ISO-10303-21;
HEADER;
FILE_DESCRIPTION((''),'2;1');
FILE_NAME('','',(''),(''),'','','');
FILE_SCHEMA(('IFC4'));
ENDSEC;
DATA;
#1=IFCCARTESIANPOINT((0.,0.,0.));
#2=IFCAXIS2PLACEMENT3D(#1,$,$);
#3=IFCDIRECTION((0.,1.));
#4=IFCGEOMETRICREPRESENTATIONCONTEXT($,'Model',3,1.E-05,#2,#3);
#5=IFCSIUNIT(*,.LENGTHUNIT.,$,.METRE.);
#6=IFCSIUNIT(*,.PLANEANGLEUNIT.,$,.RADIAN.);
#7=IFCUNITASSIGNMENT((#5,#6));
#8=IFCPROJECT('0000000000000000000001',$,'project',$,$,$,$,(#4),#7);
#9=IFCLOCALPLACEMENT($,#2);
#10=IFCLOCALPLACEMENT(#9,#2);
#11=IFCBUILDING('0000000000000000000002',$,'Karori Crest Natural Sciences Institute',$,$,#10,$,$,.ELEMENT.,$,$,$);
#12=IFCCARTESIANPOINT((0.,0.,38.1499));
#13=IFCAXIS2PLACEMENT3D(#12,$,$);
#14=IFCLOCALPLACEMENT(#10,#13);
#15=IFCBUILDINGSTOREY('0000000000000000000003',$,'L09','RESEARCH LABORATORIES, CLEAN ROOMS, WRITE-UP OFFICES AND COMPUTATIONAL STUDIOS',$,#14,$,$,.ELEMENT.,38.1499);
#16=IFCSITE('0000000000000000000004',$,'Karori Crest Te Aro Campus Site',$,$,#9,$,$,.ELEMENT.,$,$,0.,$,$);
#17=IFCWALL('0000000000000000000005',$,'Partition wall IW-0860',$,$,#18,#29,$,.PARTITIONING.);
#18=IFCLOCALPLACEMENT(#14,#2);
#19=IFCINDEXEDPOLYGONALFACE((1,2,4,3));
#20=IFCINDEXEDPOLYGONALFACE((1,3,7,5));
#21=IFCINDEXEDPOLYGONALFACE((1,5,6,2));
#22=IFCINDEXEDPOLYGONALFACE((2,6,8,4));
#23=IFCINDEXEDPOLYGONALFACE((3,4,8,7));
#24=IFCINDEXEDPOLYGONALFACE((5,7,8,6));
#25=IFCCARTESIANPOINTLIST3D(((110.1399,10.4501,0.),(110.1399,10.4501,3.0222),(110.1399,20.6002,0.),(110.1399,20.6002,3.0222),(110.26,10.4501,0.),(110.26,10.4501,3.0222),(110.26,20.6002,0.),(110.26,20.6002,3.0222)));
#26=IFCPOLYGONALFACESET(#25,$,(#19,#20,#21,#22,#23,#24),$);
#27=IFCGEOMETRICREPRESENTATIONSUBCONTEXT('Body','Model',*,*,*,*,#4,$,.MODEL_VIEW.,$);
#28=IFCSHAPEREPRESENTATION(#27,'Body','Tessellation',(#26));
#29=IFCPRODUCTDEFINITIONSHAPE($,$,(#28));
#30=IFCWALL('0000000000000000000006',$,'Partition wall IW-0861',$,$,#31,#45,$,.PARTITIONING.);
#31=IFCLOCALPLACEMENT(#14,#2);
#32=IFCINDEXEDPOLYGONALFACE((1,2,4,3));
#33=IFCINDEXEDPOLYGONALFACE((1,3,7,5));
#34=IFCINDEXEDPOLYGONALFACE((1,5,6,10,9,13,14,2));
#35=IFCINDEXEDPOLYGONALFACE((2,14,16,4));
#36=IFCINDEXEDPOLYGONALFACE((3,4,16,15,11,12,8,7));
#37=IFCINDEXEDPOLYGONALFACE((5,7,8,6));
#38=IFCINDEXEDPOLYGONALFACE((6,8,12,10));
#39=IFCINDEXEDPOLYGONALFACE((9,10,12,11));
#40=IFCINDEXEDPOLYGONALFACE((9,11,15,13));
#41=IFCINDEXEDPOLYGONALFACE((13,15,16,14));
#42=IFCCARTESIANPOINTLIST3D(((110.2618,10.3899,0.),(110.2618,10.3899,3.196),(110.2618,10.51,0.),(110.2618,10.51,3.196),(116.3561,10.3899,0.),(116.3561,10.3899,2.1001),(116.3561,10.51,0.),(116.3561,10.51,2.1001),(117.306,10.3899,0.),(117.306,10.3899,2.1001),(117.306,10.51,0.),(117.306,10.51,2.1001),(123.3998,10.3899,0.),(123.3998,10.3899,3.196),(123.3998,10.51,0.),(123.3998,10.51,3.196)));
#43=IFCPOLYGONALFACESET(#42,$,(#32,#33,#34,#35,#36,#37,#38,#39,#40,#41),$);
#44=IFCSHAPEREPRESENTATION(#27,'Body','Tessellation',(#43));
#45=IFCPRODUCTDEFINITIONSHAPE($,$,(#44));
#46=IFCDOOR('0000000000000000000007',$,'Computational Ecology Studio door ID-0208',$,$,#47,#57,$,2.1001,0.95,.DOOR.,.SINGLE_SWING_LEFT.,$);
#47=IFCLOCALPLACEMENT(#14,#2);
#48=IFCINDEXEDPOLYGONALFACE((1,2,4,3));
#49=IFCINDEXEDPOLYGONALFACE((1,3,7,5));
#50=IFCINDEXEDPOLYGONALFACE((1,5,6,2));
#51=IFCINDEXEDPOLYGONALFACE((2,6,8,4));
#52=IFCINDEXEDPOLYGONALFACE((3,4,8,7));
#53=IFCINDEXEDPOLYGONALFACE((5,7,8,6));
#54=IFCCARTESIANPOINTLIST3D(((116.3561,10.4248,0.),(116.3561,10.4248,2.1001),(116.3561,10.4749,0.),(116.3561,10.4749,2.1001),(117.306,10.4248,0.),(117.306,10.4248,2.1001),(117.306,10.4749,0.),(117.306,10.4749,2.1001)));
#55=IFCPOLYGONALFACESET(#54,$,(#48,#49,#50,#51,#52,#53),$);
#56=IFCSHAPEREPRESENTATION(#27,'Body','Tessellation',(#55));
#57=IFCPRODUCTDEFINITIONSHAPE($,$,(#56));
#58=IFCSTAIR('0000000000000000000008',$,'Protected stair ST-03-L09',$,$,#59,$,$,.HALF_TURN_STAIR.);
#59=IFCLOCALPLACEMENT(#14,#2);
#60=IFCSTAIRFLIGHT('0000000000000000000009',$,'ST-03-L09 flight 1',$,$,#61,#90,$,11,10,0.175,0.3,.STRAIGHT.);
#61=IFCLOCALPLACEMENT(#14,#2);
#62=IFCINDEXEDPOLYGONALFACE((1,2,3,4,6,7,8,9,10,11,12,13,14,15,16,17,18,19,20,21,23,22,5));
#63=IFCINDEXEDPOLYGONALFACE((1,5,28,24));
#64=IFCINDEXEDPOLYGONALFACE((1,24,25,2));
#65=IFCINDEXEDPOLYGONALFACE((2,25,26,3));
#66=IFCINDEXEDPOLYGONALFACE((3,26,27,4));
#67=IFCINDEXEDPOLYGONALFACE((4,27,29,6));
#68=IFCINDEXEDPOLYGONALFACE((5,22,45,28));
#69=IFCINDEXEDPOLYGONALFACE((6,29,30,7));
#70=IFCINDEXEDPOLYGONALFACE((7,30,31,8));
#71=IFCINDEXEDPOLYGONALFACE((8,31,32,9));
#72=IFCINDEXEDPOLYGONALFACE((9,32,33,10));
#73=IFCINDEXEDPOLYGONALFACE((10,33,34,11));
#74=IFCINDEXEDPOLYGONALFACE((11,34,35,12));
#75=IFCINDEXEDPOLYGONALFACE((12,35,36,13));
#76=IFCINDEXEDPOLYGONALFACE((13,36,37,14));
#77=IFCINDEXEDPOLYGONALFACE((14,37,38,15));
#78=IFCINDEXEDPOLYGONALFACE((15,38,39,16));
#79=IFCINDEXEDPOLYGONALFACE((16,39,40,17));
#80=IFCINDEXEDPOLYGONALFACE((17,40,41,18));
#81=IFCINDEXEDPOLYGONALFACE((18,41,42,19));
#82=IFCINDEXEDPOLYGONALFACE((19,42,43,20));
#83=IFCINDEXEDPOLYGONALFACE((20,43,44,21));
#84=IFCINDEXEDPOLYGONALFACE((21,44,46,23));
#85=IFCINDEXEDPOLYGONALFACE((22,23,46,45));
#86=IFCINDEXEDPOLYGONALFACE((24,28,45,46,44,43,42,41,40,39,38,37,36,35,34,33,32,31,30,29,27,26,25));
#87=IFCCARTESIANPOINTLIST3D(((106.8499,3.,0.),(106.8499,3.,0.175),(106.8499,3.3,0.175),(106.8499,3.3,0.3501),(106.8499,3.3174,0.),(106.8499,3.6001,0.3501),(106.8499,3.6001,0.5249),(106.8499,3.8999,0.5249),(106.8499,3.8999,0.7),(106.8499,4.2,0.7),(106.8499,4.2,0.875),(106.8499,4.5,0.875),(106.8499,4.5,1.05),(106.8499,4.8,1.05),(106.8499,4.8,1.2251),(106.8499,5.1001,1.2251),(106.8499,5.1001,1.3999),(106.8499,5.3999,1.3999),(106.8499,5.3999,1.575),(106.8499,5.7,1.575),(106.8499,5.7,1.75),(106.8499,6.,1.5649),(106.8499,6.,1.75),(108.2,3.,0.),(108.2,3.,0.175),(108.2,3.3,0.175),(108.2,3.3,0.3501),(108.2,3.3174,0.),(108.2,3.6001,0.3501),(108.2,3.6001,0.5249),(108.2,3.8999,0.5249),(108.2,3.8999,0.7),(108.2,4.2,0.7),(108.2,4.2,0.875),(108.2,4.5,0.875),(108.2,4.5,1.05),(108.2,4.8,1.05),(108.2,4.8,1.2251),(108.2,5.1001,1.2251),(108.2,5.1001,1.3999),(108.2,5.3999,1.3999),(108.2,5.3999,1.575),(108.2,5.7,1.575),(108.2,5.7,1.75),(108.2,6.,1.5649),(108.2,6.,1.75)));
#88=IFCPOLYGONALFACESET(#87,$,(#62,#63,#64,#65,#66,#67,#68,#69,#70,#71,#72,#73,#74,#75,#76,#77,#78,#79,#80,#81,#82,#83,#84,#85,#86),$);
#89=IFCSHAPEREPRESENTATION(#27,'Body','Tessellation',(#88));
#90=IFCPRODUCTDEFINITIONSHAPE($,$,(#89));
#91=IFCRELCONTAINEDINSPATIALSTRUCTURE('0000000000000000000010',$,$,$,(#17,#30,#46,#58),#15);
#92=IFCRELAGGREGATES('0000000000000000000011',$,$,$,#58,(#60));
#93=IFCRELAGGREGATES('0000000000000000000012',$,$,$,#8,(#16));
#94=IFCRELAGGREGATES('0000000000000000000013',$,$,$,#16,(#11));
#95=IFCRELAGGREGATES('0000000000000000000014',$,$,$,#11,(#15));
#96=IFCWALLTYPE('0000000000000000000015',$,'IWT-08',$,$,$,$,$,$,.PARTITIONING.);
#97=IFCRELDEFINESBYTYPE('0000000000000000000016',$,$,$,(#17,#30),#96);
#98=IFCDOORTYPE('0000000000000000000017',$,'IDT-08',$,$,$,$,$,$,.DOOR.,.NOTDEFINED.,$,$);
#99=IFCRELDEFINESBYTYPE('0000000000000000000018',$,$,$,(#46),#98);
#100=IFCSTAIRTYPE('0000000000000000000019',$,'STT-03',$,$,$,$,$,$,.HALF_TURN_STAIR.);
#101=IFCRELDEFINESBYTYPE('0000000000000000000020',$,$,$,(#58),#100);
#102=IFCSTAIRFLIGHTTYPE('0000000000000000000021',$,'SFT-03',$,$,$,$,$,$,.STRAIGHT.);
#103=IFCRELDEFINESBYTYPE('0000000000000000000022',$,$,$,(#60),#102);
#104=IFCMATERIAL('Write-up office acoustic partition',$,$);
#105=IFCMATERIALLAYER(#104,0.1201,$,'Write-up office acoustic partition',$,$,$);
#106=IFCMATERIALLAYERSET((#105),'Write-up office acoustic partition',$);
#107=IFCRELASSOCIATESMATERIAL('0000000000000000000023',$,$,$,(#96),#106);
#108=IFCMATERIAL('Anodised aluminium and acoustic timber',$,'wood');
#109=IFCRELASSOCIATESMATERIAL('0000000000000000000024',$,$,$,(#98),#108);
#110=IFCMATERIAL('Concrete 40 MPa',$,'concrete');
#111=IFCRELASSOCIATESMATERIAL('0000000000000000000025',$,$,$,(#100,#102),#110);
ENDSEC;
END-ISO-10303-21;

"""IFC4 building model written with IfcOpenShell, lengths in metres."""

from ifc_helpers import new_model, si_unit, direction, frame, frame_2d, origin, place, context, subcontext, project, spatial, polyline, rectangle, outline, extrude, material, layer, layer_set, type_object, element, fill, aggregate, save


model = new_model("IFC4")

# Units and contexts
model_context = context("Model", 3, precision=1e-05, world=origin(), true_north=direction((0.0, 1.0)))
body_context = subcontext(model_context, "Body", "Model", "MODEL_VIEW")
ifc_project = project(units=[si_unit("LENGTHUNIT", "METRE"), si_unit("PLANEANGLEUNIT", "RADIAN")], contexts=[model_context])

# Site, building, storey
site_placement = place(None, origin())
site = spatial("IfcSite", under=ifc_project, at=site_placement, Name="Karori Crest Te Aro Campus Site", CompositionType="ELEMENT", RefElevation=0.0)
building_placement = place(site_placement, origin())
building = spatial("IfcBuilding", under=site, at=building_placement, Name="Karori Crest Natural Sciences Institute", CompositionType="ELEMENT")
storey_placement = place(building_placement, frame((0.0, 0.0, 38.1499)))
storey = spatial("IfcBuildingStorey", under=building, at=storey_placement, Name="L09", Description="RESEARCH LABORATORIES, CLEAN ROOMS, WRITE-UP OFFICES AND COMPUTATIONAL STUDIOS", CompositionType="ELEMENT", Elevation=38.1499)

# Shared definitions
ifc_material_1 = material(Name="Concrete 40 MPa", Category="concrete")

# Wall
ifc_material_2 = material(Name="Write-up office acoustic partition")
ifc_layer_1 = layer(ifc_material_2, 0.1201, Name="Write-up office acoustic partition")
ifc_layer_set_1 = layer_set([ifc_layer_1], Name="Write-up office acoustic partition")
wall_type_1 = type_object("IfcWallType", Name="IWT-08", PredefinedType="PARTITIONING", material=ifc_layer_set_1)
wall_1_placement = place(storey_placement, frame((110.2, 10.45, 0.0), z_axis=(0.0, 0.0, 1.0), x_axis=(0.0, 1.0, 0.0)))
element("IfcWall", 1, at=wall_1_placement, inside=storey, type_object=wall_type_1, Name="Partition wall IW-0860", PredefinedType="PARTITIONING", context=body_context, shape_type="SweptSolid", body=[
    extrude(rectangle(XDim=10.1501, YDim=0.1201, at=frame_2d((5.0752, 0.0))), origin(), (0.0, 0.0, 1.0), 3.0222),
])

# Wall, opening, door
wall_2_placement = place(storey_placement, frame((110.262, 10.45, 0.0), z_axis=(0.0, 0.0, 1.0), x_axis=(1.0, 0.0, 0.0)))
wall_2 = element("IfcWall", 2, at=wall_2_placement, inside=storey, type_object=wall_type_1, Name="Partition wall IW-0861", PredefinedType="PARTITIONING", context=body_context, shape_type="SweptSolid", body=[
    extrude(rectangle(XDim=13.1379, YDim=0.1201, at=frame_2d((6.5688, 0.0))), origin(), (0.0, 0.0, 1.0), 3.196),
])
opening_1_placement = place(wall_2_placement, frame((6.094, 0.0, 0.0)))
opening_1 = element("IfcOpeningElement", 3, at=opening_1_placement, cuts=wall_2, PredefinedType="OPENING", context=body_context, shape_type="SweptSolid", body=[
    extrude(rectangle(XDim=0.95, YDim=2.1001, at=frame_2d((0.4751, 1.05))), frame((0.0, 0.0701, 0.0), z_axis=(0.0, -1.0, 0.0), x_axis=(1.0, 0.0, 0.0)), (0.0, 0.0, 1.0), 0.1401),
])
ifc_material_3 = material(Name="Anodised aluminium and acoustic timber", Category="wood")
door_type_1 = type_object("IfcDoorType", Name="IDT-08", OperationType="NOTDEFINED", PredefinedType="DOOR", material=ifc_material_3)
door_1_placement = place(opening_1_placement, origin())
door_1 = element("IfcDoor", 4, at=door_1_placement, inside=storey, type_object=door_type_1, Name="Computational Ecology Studio door ID-0208", OperationType="SINGLE_SWING_LEFT", OverallHeight=2.1001, OverallWidth=0.95, PredefinedType="DOOR", context=body_context, shape_type="SweptSolid", body=[
    extrude(rectangle(XDim=0.95, YDim=2.1001, at=frame_2d((0.4751, 1.05))), frame((0.0, 0.0249, 0.0), z_axis=(0.0, -1.0, 0.0), x_axis=(1.0, 0.0, 0.0)), (0.0, 0.0, 1.0), 0.05),
])
fill(opening_1, door_1)

# Stair, stair flight
stair_type = type_object("IfcStairType", Name="STT-03", PredefinedType="HALF_TURN_STAIR", material=ifc_material_1)
stair_placement = place(storey_placement, origin())
stair = element("IfcStair", 5, at=stair_placement, inside=storey, type_object=stair_type, Name="Protected stair ST-03-L09", PredefinedType="HALF_TURN_STAIR")
stair_flight_type = type_object("IfcStairFlightType", Name="SFT-03", PredefinedType="STRAIGHT", material=ifc_material_1)
stair_flight_placement = place(storey_placement, frame((107.5249, 3.0, 0.0), z_axis=(0.0, 0.0, 1.0), x_axis=(0.0, 1.0, 0.0)))
stair_flight = element("IfcStairFlight", 6, at=stair_flight_placement, type_object=stair_flight_type, Name="ST-03-L09 flight 1", NumberOfRisers=11, NumberOfTreads=10, PredefinedType="STRAIGHT", RiserHeight=0.175, TreadLength=0.3, context=body_context, shape_type="SweptSolid", body=[
    extrude(outline(polyline([(0.0, 0.0), (0.0, 0.175), (0.3, 0.175), (0.3, 0.3501), (0.6001, 0.3501), (0.6001, 0.5249), (0.8999, 0.5249), (0.8999, 0.7), (1.2, 0.7), (1.2, 0.875), (1.5, 0.875), (1.5, 1.05), (1.8, 1.05), (1.8, 1.2251), (2.1001, 1.2251), (2.1001, 1.3999), (2.3999, 1.3999), (2.3999, 1.575), (2.7, 1.575), (2.7, 1.75), (3.0, 1.75), (3.0, 1.925), (3.0, 1.5649), (0.3174, 0.0), (0.0, 0.0)])), frame((0.0, 0.675, 0.0), z_axis=(0.0, -1.0, 0.0), x_axis=(1.0, 0.0, 0.0)), (0.0, 0.0, 1.0), 1.3501),
])
aggregate(stair, [stair_flight])

save(model, "model.ifc")
